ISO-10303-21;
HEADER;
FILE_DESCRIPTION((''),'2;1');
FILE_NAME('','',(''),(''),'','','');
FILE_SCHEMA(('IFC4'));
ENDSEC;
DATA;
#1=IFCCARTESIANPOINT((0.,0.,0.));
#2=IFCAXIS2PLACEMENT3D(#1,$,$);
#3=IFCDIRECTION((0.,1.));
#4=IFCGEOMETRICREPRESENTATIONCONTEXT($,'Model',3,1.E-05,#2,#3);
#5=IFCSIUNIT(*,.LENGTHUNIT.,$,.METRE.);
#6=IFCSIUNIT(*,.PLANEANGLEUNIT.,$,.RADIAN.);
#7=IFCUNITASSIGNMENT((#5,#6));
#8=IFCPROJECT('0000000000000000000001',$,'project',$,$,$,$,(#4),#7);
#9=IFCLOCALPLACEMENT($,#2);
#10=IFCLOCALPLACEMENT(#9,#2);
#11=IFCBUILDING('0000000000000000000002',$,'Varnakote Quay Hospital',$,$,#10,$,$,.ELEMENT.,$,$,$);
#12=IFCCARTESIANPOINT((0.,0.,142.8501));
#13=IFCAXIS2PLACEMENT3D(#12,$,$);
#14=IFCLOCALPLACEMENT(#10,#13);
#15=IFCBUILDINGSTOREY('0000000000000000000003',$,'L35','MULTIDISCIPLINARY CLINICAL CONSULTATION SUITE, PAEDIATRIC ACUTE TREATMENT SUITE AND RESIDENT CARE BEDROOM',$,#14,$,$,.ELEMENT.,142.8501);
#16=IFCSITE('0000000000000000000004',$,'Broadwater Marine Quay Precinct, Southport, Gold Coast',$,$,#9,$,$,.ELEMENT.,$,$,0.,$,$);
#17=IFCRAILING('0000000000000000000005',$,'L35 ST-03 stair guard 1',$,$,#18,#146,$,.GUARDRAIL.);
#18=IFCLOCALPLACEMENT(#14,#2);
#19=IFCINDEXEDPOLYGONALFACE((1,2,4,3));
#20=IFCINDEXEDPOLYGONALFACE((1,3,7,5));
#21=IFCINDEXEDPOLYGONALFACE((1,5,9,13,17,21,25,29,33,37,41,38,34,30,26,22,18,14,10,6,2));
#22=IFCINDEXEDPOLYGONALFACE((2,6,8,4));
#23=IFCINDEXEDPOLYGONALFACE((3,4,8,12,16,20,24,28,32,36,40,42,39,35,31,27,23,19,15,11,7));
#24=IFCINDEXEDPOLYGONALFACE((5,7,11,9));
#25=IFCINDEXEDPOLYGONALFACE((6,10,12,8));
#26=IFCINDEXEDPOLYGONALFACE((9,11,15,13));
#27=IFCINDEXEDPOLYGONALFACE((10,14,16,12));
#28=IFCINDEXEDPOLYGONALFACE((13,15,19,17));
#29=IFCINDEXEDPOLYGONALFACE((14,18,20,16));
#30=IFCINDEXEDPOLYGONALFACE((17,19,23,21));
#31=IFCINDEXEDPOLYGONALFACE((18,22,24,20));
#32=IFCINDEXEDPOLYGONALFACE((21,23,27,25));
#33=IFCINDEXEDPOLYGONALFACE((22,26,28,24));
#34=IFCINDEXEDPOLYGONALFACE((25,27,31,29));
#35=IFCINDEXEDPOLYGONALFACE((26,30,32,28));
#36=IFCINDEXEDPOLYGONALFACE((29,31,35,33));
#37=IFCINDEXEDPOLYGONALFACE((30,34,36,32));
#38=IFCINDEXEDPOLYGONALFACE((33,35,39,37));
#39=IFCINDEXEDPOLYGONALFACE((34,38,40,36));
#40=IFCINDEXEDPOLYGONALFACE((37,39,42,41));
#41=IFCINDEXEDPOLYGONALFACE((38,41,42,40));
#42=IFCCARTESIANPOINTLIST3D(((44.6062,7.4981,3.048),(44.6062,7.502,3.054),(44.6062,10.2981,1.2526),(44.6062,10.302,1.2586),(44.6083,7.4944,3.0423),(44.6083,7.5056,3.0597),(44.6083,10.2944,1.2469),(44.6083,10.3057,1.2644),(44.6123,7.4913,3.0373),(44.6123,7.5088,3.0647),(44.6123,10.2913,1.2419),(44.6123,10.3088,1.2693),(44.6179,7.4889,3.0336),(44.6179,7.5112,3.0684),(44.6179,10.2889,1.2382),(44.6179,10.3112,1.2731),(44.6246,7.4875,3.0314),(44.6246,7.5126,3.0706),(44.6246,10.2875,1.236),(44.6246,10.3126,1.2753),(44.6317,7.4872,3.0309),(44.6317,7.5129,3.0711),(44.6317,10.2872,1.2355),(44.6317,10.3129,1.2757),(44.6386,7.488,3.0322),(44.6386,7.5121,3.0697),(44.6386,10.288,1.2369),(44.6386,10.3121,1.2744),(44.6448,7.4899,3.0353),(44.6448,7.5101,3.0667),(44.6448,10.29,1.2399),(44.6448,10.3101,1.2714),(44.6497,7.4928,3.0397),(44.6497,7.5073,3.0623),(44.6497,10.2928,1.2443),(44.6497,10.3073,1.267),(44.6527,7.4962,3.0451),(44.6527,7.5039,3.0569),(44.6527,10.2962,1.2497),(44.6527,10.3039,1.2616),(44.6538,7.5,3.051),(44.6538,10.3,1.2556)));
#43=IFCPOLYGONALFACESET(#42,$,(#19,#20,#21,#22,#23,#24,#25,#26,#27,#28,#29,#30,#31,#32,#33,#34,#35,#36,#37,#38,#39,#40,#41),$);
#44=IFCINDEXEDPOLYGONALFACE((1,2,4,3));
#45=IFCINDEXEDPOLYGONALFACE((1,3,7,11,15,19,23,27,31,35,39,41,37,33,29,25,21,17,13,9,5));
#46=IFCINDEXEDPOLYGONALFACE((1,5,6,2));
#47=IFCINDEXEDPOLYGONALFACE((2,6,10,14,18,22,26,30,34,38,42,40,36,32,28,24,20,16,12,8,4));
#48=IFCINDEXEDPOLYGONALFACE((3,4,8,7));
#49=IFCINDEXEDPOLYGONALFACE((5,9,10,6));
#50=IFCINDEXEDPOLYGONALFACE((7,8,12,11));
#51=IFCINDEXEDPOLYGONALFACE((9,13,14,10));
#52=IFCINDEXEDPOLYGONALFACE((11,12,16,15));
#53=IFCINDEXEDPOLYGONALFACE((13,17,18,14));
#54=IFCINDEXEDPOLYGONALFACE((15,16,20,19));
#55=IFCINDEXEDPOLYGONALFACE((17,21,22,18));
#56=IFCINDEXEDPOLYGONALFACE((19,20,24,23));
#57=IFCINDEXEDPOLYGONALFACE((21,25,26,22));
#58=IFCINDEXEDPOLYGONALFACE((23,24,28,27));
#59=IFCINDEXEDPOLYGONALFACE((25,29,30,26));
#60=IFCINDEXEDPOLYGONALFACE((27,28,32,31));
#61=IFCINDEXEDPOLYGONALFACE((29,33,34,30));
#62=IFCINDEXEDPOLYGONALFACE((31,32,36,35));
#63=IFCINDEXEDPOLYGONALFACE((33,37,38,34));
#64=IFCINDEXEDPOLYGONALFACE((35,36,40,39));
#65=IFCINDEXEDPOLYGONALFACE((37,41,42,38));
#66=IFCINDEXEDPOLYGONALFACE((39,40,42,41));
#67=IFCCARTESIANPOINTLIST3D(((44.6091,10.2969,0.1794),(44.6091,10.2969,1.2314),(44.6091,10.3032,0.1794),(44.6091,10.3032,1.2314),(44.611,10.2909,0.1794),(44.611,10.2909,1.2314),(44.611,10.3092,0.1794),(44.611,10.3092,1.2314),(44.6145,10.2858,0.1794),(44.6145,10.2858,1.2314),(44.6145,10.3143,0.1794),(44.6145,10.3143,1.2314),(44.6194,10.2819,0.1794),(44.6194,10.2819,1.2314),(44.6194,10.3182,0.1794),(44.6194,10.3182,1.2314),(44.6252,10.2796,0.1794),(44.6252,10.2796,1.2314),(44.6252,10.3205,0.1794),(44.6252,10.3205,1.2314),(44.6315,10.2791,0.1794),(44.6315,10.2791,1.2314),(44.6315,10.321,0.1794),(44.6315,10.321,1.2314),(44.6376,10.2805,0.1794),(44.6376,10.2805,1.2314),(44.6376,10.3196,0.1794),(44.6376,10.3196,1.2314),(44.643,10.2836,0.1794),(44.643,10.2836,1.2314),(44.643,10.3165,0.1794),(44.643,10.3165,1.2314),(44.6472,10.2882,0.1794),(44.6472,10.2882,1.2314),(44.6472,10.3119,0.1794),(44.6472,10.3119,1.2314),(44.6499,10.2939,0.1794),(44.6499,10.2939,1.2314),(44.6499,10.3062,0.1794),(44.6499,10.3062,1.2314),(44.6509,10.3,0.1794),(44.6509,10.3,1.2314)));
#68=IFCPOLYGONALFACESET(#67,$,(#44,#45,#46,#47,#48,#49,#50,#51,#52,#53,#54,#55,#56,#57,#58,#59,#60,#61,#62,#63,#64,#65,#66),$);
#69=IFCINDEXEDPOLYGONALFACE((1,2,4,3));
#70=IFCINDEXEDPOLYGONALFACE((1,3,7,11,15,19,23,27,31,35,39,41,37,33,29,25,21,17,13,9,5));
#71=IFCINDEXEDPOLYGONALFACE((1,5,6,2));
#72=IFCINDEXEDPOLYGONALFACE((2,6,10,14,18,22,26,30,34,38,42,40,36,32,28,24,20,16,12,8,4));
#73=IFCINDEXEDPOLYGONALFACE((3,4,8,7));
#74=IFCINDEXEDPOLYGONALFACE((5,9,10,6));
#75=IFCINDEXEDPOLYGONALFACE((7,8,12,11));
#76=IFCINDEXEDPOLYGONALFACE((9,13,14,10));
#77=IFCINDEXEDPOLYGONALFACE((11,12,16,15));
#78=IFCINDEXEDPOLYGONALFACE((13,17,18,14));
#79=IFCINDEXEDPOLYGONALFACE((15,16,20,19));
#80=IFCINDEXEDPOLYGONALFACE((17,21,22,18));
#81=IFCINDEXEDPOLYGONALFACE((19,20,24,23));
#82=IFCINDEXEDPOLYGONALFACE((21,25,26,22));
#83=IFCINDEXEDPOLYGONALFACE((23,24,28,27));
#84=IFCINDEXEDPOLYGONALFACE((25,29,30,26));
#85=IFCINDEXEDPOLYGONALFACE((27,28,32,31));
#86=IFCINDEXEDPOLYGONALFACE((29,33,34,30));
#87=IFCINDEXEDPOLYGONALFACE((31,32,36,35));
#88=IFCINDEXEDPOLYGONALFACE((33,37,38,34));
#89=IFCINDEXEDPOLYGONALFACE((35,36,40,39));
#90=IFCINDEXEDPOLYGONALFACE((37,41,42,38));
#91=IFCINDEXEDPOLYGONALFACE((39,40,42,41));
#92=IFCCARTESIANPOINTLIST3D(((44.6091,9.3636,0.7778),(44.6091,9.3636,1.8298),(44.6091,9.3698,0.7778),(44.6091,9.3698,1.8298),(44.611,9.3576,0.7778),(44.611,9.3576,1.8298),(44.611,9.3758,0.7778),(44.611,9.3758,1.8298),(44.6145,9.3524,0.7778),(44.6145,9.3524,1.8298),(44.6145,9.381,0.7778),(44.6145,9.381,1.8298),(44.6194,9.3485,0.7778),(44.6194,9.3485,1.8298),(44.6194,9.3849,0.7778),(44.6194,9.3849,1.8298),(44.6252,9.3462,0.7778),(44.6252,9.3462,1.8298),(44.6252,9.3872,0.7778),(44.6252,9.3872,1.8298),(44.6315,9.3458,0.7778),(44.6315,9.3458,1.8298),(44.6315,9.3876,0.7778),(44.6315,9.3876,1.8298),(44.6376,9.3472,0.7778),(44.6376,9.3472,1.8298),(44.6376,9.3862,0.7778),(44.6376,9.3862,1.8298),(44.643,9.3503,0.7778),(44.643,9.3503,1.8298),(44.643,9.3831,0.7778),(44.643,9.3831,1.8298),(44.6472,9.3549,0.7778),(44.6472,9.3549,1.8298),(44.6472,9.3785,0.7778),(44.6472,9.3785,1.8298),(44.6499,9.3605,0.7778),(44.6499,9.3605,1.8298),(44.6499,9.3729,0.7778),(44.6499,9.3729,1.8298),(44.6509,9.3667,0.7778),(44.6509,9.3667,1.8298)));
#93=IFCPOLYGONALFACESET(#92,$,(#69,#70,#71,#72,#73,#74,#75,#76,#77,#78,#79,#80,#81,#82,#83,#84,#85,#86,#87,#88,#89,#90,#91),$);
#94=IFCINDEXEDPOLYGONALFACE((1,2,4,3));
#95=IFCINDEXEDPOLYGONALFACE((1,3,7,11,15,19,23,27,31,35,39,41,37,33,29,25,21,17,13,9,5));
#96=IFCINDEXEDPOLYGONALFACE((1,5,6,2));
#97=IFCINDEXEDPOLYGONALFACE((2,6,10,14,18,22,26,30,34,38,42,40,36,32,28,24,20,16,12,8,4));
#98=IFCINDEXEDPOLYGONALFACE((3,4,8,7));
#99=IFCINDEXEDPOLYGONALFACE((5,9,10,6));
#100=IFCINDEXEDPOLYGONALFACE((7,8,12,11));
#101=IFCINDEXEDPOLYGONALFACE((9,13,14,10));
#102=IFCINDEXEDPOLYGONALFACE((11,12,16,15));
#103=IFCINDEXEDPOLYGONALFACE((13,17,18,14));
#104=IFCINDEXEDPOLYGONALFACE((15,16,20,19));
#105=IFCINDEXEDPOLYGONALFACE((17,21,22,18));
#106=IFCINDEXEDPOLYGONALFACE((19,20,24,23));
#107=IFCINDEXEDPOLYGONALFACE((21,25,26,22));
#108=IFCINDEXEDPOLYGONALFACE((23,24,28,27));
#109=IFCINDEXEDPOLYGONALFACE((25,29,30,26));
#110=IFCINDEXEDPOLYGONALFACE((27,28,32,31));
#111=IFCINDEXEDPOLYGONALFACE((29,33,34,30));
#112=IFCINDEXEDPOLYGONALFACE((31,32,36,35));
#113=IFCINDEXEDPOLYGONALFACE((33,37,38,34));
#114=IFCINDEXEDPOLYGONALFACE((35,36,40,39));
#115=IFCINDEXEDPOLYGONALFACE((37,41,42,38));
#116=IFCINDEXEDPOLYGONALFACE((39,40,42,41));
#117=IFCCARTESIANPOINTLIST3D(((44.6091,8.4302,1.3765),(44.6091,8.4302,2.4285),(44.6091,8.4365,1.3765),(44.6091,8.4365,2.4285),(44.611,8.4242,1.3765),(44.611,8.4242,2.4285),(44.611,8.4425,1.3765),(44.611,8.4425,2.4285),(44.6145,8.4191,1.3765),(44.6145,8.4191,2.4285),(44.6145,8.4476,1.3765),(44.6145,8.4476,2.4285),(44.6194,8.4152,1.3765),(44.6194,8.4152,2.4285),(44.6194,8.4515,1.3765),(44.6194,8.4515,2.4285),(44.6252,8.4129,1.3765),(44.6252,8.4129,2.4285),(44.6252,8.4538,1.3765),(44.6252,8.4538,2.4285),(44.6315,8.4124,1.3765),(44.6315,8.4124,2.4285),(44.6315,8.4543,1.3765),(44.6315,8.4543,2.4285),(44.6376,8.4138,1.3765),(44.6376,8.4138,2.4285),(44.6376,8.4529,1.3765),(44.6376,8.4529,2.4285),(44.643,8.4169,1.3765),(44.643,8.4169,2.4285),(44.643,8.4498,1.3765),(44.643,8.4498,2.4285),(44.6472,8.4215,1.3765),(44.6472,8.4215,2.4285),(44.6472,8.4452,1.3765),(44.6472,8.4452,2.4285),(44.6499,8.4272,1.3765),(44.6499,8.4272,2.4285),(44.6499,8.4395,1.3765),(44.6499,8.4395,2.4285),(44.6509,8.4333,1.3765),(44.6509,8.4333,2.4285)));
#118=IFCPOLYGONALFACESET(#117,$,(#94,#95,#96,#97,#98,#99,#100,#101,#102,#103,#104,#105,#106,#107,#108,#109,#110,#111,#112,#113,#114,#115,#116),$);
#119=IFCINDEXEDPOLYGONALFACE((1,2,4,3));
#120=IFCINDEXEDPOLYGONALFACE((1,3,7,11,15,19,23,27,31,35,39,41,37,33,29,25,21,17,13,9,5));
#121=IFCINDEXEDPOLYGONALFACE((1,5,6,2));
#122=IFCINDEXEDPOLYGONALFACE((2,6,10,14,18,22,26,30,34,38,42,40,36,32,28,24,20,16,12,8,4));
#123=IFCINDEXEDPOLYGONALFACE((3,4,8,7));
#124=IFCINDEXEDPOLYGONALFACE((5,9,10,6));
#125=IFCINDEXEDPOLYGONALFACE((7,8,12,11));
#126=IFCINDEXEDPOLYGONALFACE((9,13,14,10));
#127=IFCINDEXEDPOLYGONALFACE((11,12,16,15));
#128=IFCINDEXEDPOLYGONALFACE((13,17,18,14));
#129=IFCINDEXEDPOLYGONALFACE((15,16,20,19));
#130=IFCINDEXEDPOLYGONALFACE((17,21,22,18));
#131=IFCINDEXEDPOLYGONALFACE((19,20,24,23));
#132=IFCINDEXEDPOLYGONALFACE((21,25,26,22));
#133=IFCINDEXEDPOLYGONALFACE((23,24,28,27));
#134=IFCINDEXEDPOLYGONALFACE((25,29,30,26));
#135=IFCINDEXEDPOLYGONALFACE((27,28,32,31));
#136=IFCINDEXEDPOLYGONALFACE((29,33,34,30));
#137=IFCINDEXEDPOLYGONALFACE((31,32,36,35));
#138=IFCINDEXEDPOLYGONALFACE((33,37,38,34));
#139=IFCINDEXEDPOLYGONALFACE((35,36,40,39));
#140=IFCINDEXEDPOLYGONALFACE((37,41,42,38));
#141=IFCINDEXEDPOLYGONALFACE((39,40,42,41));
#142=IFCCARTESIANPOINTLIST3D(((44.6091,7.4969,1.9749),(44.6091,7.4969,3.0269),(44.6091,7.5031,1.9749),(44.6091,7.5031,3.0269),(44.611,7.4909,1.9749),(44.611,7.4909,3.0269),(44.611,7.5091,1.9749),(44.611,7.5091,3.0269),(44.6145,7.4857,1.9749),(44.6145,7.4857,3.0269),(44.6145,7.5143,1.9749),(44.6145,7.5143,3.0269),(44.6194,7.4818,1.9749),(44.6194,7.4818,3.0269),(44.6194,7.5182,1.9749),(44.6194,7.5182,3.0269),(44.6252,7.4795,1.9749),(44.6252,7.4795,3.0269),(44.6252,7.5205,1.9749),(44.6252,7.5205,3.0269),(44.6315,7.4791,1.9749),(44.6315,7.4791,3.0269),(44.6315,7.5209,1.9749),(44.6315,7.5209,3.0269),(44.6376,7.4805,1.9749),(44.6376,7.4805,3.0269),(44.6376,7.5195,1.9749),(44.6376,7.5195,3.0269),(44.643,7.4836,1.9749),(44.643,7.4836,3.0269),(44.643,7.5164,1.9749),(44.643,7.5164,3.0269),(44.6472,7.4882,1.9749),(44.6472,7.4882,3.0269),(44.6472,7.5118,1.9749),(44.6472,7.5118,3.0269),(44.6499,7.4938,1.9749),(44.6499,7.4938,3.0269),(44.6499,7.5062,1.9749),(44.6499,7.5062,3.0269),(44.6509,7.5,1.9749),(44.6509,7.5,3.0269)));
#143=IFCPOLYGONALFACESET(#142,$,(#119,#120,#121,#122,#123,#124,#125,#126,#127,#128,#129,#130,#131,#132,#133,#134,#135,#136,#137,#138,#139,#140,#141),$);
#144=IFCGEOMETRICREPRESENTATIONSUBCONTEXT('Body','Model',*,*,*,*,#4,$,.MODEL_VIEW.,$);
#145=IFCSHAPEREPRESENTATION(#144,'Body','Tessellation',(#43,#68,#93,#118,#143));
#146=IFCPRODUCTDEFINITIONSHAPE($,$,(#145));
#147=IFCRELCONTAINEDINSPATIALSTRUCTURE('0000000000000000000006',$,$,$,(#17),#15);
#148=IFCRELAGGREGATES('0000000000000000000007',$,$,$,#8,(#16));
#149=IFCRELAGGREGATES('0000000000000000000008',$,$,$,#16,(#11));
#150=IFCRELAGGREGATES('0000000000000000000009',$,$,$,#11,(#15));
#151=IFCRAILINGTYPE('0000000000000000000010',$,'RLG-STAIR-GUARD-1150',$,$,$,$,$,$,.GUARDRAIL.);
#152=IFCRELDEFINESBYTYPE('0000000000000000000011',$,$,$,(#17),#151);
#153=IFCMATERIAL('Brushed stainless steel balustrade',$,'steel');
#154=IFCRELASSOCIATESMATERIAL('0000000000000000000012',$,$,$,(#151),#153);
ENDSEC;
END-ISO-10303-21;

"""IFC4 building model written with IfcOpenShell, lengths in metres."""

from ifc_helpers import new_model, si_unit, direction, frame, origin, origin_2d, place, context, subcontext, project, spatial, circle, extrude, material, type_object, element, save


model = new_model("IFC4")

# Units and contexts
model_context = context("Model", 3, precision=1e-05, world=origin(), true_north=direction((0.0, 1.0)))
body_context = subcontext(model_context, "Body", "Model", "MODEL_VIEW")
ifc_project = project(units=[si_unit("LENGTHUNIT", "METRE"), si_unit("PLANEANGLEUNIT", "RADIAN")], contexts=[model_context])

# Site, building, storey
site_placement = place(None, origin())
site = spatial("IfcSite", under=ifc_project, at=site_placement, Name="Broadwater Marine Quay Precinct, Southport, Gold Coast", CompositionType="ELEMENT", RefElevation=0.0)
building_placement = place(site_placement, origin())
building = spatial("IfcBuilding", under=site, at=building_placement, Name="Varnakote Quay Hospital", CompositionType="ELEMENT")
storey_placement = place(building_placement, frame((0.0, 0.0, 142.8501)))
storey = spatial("IfcBuildingStorey", under=building, at=storey_placement, Name="L35", Description="MULTIDISCIPLINARY CLINICAL CONSULTATION SUITE, PAEDIATRIC ACUTE TREATMENT SUITE AND RESIDENT CARE BEDROOM", CompositionType="ELEMENT", Elevation=142.8501)

# Railing
ifc_material_1 = material(Name="Brushed stainless steel balustrade", Category="steel")
railing_type_1 = type_object("IfcRailingType", Name="RLG-STAIR-GUARD-1150", PredefinedType="GUARDRAIL", material=ifc_material_1)
railing_1_placement = place(storey_placement, frame((44.6299, 10.3, 0.1794)))
element("IfcRailing", 1, at=railing_1_placement, inside=storey, type_object=railing_type_1, Name="L35 ST-03 stair guard 1", PredefinedType="GUARDRAIL", context=body_context, shape_type="SweptSolid", body=[
    extrude(circle(Radius=0.0239, at=origin_2d()), frame((0.0, 0.0, 1.0762), z_axis=(0.0, -0.84181, 0.539774), x_axis=(1.0, 0.0, 0.0)), (0.0, 0.0, 1.0), 3.3262),
    extrude(circle(Radius=0.021, at=origin_2d()), origin(), (0.0, 0.0, 1.0), 1.052),
    extrude(circle(Radius=0.021, at=origin_2d()), frame((0.0, -0.9333, 0.5984)), (0.0, 0.0, 1.0), 1.052),
    extrude(circle(Radius=0.021, at=origin_2d()), frame((0.0, -1.8667, 1.197)), (0.0, 0.0, 1.0), 1.052),
    extrude(circle(Radius=0.021, at=origin_2d()), frame((0.0, -2.8, 1.7954)), (0.0, 0.0, 1.0), 1.052),
])

save(model, "model.ifc")
